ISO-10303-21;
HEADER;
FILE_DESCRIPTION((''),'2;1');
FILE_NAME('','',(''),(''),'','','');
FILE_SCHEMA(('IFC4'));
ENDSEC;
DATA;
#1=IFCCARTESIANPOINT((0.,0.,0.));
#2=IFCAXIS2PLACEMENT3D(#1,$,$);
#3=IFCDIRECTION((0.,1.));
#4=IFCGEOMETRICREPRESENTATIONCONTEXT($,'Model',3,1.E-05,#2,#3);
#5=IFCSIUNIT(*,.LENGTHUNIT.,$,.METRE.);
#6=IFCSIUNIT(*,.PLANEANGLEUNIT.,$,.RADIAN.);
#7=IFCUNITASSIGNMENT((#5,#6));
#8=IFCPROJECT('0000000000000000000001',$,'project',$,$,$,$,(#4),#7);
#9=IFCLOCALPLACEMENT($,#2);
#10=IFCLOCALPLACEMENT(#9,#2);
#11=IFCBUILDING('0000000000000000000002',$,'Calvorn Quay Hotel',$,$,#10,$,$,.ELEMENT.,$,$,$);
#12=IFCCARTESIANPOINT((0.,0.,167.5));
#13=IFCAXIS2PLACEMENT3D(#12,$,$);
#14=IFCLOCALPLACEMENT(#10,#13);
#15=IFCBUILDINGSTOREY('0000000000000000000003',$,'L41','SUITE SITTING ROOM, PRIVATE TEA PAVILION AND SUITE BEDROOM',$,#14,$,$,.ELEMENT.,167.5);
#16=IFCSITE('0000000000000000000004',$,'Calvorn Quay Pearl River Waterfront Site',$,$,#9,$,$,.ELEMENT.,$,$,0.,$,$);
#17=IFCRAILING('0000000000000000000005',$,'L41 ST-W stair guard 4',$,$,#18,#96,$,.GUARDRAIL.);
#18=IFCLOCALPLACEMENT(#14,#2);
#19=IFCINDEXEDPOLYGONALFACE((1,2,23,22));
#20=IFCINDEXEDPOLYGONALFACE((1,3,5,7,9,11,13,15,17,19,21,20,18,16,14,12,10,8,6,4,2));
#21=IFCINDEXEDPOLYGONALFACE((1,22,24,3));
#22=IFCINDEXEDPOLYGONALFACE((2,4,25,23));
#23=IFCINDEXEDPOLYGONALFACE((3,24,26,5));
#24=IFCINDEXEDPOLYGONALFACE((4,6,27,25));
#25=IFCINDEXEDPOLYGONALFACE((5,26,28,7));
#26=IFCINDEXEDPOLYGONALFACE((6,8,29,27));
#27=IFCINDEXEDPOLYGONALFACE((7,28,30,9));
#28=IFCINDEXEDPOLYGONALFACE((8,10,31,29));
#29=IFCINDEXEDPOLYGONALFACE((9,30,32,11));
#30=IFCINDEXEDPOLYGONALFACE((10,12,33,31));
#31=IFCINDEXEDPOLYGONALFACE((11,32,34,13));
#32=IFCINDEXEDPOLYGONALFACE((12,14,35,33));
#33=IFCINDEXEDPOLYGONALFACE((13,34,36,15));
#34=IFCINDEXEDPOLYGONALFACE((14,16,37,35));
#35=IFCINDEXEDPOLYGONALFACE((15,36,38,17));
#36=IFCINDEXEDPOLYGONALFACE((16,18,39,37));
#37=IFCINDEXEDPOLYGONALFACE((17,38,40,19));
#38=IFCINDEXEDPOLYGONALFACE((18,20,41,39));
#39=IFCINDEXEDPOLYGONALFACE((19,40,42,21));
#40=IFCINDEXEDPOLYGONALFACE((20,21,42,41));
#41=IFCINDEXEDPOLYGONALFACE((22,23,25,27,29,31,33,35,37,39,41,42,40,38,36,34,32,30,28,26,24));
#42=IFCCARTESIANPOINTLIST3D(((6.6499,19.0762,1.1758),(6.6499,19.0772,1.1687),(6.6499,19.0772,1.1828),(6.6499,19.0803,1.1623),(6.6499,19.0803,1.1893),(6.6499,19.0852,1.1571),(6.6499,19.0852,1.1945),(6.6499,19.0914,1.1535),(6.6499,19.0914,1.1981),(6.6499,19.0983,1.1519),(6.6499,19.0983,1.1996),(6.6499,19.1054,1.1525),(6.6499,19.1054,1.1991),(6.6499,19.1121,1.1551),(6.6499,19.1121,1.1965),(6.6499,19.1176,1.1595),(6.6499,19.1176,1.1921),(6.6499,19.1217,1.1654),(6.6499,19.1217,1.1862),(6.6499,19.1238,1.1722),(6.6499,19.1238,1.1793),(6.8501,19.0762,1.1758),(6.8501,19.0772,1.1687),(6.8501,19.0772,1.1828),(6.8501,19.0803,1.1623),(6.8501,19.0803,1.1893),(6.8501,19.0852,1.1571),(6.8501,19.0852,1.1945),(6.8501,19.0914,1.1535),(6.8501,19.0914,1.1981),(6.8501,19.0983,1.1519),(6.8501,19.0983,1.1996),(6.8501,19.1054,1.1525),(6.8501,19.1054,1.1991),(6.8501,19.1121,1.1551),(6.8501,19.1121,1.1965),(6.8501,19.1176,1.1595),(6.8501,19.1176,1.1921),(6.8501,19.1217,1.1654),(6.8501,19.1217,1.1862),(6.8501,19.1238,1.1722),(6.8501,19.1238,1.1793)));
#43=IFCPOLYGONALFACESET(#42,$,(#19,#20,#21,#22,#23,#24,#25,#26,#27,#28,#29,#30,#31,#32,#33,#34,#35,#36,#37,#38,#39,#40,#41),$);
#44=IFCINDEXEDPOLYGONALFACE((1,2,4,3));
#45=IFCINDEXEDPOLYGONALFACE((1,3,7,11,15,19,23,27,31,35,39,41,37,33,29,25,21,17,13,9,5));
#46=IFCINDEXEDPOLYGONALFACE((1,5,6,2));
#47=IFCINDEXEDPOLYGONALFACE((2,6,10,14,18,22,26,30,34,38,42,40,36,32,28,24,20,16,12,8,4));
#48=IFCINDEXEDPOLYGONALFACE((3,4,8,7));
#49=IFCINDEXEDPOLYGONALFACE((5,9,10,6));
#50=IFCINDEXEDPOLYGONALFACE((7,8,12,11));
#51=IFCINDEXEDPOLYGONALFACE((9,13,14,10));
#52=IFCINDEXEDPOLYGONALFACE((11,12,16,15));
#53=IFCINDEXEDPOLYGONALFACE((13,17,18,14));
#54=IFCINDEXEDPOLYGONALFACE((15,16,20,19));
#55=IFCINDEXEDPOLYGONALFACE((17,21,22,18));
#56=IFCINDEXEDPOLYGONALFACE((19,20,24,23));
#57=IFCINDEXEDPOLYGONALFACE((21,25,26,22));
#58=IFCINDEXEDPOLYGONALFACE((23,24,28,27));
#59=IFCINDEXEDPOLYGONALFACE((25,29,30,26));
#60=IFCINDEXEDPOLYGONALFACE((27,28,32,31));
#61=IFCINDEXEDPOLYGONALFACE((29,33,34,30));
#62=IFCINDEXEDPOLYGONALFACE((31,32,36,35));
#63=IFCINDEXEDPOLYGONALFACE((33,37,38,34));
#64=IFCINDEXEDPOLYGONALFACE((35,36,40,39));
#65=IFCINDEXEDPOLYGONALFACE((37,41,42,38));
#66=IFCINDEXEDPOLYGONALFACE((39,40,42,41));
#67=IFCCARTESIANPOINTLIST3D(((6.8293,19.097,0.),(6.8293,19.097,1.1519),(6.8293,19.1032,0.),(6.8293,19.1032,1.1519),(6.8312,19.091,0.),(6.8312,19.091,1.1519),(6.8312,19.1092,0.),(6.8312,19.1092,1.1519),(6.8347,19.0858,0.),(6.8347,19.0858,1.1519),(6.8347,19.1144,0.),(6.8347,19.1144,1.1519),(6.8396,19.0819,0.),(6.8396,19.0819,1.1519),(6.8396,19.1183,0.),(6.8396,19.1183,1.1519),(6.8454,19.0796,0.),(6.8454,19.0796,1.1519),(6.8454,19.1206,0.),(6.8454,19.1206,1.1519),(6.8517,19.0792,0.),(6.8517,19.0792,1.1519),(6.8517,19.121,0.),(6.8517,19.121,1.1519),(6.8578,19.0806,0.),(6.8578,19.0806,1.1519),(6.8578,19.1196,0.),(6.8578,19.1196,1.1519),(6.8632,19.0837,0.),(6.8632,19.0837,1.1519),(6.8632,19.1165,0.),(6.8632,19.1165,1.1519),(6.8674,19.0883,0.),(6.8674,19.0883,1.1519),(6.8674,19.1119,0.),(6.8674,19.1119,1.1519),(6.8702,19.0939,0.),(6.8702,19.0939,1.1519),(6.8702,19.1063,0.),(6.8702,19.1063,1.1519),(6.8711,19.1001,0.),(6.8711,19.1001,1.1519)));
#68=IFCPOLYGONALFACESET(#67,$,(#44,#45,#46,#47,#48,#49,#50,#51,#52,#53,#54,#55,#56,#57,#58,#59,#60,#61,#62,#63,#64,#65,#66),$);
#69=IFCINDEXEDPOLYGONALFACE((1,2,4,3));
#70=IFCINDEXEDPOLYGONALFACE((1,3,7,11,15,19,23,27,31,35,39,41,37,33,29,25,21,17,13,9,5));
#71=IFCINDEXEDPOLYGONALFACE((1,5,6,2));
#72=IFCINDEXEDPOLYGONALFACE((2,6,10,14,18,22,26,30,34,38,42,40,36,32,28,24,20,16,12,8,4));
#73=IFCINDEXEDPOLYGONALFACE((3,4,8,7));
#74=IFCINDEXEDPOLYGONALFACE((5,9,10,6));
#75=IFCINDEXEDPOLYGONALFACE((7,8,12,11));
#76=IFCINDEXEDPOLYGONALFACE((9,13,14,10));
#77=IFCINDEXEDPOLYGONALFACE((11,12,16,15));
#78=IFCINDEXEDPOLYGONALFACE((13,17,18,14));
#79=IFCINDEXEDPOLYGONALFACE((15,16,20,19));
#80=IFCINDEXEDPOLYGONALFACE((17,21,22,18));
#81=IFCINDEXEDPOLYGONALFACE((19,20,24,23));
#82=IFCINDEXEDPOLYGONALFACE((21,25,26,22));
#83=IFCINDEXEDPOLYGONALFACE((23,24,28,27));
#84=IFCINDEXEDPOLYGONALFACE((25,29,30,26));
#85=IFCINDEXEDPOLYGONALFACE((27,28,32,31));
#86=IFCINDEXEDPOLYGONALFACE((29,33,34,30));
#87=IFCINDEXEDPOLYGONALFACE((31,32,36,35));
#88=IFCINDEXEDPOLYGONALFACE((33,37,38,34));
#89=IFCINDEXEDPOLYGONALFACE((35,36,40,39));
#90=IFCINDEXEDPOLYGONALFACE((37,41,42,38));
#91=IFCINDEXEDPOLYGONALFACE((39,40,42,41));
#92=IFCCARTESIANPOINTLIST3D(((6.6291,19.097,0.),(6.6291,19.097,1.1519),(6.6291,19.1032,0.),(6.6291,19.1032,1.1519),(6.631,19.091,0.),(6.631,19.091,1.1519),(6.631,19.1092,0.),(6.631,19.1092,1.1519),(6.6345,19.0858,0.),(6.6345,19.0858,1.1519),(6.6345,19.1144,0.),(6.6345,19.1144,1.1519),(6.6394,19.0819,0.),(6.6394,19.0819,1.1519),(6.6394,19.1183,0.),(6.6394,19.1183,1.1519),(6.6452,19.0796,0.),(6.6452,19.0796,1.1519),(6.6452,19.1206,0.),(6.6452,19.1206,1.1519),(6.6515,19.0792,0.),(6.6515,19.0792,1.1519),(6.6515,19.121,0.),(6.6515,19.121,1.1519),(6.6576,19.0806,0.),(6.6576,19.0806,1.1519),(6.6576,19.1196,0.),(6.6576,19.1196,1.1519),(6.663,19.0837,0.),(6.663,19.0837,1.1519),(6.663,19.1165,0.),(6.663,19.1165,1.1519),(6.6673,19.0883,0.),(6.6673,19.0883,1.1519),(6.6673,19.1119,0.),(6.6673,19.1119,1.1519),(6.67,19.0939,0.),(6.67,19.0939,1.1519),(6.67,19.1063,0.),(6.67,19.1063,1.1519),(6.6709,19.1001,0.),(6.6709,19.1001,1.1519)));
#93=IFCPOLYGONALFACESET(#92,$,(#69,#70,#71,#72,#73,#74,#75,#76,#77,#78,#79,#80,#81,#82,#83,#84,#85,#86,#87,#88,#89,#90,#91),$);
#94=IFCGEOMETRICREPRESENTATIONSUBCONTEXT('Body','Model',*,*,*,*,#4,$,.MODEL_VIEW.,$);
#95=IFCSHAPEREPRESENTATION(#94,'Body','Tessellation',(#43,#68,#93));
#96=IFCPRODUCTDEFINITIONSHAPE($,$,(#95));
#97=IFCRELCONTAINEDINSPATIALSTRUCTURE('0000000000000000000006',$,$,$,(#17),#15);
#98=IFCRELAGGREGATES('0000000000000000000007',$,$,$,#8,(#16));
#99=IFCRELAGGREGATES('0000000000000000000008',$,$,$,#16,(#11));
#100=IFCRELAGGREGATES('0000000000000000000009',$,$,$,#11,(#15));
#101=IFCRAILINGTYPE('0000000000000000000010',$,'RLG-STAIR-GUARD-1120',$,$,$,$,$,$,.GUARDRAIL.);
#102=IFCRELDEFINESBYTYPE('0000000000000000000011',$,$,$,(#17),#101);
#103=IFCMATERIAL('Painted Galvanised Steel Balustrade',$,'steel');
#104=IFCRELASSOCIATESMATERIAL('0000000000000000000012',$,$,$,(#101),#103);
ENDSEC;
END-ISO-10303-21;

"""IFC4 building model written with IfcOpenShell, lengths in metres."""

from ifc_helpers import new_model, si_unit, direction, frame, origin, origin_2d, place, context, subcontext, project, spatial, circle, extrude, material, type_object, element, save


model = new_model("IFC4")

# Units and contexts
model_context = context("Model", 3, precision=1e-05, world=origin(), true_north=direction((0.0, 1.0)))
body_context = subcontext(model_context, "Body", "Model", "MODEL_VIEW")
ifc_project = project(units=[si_unit("LENGTHUNIT", "METRE"), si_unit("PLANEANGLEUNIT", "RADIAN")], contexts=[model_context])

# Site, building, storey
site_placement = place(None, origin())
site = spatial("IfcSite", under=ifc_project, at=site_placement, Name="Calvorn Quay Pearl River Waterfront Site", CompositionType="ELEMENT", RefElevation=0.0)
building_placement = place(site_placement, origin())
building = spatial("IfcBuilding", under=site, at=building_placement, Name="Calvorn Quay Hotel", CompositionType="ELEMENT")
storey_placement = place(building_placement, frame((0.0, 0.0, 167.5)))
storey = spatial("IfcBuildingStorey", under=building, at=storey_placement, Name="L41", Description="SUITE SITTING ROOM, PRIVATE TEA PAVILION AND SUITE BEDROOM", CompositionType="ELEMENT", Elevation=167.5)

# Railing
ifc_material_1 = material(Name="Painted Galvanised Steel Balustrade", Category="steel")
railing_type_1 = type_object("IfcRailingType", Name="RLG-STAIR-GUARD-1120", PredefinedType="GUARDRAIL", material=ifc_material_1)
railing_1_placement = place(storey_placement, frame((6.8501, 19.1001, 0.0)))
element("IfcRailing", 1, at=railing_1_placement, inside=storey, type_object=railing_type_1, Name="L41 ST-W stair guard 4", PredefinedType="GUARDRAIL", context=body_context, shape_type="SweptSolid", body=[
    extrude(circle(Radius=0.0239, at=origin_2d()), frame((0.0, 0.0, 1.1758), z_axis=(-1.0, 0.0, 0.0), x_axis=(0.0, -1.0, 0.0)), (0.0, 0.0, 1.0), 0.2002),
    extrude(circle(Radius=0.021, at=origin_2d()), origin(), (0.0, 0.0, 1.0), 1.1519),
    extrude(circle(Radius=0.021, at=origin_2d()), frame((-0.2002, 0.0, 0.0)), (0.0, 0.0, 1.0), 1.1519),
])

save(model, "model.ifc")
